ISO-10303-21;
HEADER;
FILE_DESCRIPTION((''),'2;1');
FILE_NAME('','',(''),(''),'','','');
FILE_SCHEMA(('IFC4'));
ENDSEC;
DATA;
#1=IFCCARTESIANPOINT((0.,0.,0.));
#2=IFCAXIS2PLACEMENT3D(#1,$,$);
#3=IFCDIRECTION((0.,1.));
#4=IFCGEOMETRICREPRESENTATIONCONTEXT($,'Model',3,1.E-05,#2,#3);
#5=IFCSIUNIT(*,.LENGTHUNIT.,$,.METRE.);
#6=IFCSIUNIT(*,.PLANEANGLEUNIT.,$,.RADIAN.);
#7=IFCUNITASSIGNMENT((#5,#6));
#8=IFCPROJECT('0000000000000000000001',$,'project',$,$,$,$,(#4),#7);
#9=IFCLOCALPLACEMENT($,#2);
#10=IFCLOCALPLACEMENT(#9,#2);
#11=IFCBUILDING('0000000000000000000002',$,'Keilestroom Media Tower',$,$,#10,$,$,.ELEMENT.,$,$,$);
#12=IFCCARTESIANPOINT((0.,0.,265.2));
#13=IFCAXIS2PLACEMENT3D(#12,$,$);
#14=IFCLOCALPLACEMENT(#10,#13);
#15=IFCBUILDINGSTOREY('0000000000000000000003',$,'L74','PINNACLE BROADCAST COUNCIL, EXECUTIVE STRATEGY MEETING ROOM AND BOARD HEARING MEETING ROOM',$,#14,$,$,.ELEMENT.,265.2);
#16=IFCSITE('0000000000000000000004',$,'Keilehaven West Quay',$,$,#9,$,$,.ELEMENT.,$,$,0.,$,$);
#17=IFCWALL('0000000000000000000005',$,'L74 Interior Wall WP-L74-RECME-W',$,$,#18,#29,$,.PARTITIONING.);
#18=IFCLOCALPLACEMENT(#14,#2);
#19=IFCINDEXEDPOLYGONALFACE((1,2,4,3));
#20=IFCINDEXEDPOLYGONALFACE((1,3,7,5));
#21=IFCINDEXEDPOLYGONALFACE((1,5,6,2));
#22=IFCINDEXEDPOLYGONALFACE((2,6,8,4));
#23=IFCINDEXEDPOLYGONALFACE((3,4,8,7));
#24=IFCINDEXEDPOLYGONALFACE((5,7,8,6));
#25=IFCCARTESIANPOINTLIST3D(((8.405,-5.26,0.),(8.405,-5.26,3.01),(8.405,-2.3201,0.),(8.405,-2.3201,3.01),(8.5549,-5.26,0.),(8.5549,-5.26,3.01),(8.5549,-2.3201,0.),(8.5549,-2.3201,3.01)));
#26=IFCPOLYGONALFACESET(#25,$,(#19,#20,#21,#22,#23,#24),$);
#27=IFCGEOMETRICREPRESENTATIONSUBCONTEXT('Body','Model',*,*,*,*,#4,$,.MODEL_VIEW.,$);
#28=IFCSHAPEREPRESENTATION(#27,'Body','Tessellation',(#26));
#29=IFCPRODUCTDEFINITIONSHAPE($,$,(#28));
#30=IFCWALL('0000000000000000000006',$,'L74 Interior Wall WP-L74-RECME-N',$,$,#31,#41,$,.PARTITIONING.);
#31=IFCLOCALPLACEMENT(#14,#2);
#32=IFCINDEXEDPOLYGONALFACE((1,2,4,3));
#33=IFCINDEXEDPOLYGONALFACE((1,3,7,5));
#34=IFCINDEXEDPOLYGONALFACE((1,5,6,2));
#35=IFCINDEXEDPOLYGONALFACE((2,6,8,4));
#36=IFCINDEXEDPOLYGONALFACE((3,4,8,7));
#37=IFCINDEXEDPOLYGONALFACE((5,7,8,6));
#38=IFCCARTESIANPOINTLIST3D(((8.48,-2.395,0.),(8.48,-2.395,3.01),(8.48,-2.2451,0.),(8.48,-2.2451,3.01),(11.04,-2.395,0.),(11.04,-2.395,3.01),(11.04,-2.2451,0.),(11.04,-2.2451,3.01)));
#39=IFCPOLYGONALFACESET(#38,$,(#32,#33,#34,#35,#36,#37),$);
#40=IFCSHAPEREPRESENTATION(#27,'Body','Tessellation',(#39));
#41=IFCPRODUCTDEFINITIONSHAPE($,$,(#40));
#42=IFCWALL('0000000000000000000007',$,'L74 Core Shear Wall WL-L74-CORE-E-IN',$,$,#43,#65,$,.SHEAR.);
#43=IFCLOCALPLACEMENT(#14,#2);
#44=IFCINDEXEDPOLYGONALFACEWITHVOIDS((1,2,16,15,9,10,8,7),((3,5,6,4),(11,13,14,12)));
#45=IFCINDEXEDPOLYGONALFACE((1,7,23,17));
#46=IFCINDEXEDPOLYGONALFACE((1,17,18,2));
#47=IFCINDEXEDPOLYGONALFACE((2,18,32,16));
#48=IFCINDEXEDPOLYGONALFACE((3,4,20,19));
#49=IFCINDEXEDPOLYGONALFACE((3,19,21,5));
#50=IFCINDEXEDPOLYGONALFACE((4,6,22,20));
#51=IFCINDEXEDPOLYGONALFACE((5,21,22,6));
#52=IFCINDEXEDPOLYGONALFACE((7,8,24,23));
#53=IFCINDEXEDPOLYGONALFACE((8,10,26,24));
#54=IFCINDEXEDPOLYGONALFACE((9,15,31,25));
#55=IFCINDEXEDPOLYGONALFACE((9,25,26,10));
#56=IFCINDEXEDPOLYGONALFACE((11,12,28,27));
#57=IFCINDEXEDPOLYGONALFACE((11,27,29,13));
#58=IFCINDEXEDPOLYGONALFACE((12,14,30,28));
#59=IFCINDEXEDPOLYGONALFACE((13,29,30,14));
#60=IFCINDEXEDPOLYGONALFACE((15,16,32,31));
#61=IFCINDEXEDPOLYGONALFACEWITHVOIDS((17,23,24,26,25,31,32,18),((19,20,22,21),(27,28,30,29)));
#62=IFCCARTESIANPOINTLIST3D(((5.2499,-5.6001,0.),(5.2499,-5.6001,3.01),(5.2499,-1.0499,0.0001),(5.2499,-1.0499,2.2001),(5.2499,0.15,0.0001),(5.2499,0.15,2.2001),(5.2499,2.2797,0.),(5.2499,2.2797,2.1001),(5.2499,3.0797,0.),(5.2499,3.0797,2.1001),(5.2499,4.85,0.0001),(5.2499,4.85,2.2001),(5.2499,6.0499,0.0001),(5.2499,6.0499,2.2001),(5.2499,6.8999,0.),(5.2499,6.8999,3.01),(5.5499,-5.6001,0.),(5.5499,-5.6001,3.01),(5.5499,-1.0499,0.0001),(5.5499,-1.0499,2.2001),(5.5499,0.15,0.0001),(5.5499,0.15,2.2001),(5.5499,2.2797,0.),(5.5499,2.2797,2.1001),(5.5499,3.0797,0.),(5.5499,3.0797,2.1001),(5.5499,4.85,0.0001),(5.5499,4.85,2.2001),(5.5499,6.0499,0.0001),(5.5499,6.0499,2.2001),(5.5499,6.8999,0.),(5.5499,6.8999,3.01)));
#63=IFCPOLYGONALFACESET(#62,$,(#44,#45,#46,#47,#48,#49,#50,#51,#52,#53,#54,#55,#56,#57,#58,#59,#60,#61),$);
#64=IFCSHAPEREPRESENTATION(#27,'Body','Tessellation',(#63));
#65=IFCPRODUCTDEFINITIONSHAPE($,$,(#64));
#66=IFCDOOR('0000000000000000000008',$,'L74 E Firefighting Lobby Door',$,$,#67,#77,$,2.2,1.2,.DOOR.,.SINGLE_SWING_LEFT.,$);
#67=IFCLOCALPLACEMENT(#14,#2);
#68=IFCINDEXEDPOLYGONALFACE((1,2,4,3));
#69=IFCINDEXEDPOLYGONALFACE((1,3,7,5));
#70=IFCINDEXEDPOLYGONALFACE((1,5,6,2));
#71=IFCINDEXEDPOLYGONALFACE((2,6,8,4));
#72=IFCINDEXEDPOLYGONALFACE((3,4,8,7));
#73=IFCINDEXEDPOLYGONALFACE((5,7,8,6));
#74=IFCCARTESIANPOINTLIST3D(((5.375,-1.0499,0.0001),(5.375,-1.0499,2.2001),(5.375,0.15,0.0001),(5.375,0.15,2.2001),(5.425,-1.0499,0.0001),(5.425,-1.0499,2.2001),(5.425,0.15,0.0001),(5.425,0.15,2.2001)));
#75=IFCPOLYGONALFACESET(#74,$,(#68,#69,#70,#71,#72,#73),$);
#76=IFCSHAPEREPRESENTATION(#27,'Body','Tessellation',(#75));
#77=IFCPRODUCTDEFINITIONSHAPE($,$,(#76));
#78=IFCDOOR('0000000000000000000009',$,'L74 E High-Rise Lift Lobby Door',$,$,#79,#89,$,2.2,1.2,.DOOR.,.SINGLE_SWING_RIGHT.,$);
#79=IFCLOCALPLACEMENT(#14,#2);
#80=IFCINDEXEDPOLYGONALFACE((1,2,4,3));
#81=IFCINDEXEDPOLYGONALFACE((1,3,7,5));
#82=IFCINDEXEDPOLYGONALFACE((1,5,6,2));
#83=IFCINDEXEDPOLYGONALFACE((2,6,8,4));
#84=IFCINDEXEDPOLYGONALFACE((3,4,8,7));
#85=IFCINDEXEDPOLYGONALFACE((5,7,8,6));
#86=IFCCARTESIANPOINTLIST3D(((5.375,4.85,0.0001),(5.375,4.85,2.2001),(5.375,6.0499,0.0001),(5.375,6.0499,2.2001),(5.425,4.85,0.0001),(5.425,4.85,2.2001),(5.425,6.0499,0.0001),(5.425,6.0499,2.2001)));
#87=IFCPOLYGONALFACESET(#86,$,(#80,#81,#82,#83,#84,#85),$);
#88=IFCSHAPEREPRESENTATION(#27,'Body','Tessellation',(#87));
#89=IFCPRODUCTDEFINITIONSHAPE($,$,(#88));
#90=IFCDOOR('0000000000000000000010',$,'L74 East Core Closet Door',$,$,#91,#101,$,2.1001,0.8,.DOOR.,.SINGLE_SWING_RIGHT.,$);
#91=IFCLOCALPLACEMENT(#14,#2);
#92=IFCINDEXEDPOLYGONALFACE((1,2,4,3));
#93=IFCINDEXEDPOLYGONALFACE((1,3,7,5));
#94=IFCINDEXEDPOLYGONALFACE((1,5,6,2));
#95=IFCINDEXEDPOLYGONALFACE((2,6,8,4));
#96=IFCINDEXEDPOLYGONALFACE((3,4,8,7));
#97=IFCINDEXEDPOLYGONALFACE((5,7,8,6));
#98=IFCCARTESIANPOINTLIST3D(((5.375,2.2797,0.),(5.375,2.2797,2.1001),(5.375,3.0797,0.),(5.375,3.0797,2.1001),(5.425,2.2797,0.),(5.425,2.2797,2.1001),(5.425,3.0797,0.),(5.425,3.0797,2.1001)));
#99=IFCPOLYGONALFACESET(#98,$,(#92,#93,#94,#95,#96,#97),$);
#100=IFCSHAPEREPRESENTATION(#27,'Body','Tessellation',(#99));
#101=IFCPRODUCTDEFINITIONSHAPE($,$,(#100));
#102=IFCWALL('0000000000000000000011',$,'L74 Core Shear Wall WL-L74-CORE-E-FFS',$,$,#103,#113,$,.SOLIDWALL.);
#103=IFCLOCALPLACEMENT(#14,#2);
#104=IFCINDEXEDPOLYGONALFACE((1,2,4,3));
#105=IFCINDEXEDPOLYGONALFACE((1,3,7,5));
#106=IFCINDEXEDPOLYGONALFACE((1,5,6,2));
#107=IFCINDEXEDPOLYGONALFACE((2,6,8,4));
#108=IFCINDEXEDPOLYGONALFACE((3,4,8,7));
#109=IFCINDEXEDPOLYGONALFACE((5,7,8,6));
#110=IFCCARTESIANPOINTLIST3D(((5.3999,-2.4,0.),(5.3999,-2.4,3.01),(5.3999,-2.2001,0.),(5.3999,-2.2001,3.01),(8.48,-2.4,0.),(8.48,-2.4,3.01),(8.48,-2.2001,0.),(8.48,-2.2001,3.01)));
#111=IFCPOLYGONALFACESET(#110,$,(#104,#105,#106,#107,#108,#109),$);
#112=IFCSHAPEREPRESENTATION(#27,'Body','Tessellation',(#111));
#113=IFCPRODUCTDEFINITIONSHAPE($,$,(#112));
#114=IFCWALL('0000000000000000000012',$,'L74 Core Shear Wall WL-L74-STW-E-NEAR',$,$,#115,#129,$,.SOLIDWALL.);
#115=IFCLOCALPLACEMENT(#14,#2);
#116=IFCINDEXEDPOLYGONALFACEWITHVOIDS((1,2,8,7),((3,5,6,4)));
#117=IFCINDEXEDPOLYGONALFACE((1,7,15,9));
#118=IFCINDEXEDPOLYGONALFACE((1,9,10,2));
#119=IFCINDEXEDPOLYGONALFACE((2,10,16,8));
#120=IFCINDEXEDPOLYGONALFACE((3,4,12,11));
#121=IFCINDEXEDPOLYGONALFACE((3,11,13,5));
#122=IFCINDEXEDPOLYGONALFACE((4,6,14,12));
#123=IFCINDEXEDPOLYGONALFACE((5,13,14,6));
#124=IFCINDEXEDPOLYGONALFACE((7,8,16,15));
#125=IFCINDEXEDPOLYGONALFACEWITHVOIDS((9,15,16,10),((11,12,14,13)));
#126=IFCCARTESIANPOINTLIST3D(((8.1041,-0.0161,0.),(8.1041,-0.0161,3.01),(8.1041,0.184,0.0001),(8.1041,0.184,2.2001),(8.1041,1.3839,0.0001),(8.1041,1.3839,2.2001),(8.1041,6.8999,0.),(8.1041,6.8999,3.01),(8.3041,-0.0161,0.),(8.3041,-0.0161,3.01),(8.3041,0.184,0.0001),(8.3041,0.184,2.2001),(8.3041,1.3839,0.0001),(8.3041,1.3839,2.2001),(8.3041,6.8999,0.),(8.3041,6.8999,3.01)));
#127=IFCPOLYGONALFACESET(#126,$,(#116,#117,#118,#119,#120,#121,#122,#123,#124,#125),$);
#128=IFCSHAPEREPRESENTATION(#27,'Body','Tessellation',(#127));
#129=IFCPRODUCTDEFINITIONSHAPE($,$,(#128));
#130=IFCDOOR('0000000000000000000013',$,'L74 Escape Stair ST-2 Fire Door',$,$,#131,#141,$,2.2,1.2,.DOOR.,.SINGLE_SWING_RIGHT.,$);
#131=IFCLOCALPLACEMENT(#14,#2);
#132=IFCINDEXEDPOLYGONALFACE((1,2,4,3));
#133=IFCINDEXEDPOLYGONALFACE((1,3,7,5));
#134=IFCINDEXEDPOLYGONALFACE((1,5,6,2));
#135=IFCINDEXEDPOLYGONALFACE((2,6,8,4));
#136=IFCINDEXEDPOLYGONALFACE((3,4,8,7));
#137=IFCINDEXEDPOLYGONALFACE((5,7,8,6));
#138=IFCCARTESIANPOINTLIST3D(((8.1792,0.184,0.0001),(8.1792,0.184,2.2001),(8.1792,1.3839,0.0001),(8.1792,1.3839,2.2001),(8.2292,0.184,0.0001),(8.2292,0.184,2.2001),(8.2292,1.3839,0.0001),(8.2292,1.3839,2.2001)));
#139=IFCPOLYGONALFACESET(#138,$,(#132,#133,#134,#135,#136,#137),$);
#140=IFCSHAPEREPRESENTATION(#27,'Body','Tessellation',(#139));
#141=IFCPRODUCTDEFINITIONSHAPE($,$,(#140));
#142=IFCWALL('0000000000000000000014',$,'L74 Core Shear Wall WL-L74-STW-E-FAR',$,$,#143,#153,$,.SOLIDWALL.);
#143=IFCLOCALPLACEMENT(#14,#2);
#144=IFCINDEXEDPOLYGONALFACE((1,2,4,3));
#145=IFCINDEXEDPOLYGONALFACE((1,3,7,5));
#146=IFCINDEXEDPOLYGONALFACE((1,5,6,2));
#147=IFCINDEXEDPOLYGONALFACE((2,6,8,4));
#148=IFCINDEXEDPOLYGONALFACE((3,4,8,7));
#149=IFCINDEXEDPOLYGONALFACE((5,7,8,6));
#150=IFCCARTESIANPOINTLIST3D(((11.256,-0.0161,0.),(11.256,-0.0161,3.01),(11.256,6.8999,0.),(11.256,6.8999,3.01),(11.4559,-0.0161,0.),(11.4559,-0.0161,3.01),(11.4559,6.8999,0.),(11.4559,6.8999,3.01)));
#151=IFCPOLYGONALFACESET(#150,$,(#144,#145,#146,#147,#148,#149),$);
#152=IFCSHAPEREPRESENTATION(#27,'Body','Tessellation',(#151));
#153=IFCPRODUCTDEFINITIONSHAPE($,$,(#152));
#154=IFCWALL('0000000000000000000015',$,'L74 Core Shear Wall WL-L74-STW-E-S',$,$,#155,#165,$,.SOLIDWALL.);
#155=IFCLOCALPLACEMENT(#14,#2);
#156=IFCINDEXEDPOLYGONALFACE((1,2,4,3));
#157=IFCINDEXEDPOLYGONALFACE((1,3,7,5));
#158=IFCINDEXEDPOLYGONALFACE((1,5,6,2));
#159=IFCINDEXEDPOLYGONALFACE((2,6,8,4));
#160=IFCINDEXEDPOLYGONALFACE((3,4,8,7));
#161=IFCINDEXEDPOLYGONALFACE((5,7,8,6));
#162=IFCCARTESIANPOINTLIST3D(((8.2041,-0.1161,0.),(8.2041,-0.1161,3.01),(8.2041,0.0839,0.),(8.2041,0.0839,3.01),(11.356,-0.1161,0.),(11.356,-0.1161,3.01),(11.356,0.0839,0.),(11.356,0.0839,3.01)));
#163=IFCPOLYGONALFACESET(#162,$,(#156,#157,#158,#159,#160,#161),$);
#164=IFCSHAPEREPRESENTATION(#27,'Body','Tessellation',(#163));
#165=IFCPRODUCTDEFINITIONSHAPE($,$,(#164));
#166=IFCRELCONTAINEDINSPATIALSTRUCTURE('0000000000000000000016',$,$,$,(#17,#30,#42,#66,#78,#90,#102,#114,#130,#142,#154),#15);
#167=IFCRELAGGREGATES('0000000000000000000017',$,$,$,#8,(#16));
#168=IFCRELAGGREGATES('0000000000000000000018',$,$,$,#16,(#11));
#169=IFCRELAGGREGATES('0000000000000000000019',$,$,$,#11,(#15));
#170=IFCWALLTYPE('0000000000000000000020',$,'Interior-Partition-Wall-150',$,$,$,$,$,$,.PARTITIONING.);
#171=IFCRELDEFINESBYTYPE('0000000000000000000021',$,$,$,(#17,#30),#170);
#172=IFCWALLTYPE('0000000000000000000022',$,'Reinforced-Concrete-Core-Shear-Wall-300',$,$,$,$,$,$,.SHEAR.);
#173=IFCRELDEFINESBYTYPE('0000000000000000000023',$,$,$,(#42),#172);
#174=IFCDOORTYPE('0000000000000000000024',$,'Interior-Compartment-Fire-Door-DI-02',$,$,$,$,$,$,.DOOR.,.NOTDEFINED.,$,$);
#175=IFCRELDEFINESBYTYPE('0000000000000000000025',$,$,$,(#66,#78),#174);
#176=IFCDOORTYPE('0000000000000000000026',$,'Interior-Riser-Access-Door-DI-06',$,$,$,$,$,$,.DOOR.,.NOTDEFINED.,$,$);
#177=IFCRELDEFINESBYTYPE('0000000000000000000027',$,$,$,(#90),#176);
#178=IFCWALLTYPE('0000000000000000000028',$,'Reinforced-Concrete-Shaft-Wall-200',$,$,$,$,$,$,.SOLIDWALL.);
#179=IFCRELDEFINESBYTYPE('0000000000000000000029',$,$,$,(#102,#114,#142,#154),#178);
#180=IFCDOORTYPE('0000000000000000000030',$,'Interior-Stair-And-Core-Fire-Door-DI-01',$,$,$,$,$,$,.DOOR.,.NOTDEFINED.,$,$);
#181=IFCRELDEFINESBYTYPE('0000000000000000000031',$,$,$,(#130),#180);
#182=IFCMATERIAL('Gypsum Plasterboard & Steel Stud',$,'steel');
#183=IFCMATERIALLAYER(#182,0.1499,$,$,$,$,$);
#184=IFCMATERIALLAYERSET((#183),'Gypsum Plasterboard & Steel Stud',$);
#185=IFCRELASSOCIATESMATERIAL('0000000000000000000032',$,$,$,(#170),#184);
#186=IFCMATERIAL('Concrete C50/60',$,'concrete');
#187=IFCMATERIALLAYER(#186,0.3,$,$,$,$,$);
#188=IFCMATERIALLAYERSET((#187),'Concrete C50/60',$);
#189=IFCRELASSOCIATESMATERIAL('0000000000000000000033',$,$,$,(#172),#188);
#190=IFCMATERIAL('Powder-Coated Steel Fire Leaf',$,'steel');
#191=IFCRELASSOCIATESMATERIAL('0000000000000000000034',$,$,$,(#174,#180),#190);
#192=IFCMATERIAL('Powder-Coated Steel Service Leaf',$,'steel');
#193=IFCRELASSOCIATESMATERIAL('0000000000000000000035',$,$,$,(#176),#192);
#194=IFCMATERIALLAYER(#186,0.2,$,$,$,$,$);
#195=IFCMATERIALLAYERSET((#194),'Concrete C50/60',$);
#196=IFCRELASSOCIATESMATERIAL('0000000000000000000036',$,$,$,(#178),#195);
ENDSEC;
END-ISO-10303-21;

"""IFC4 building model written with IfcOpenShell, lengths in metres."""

from ifc_helpers import new_model, si_unit, direction, frame, frame_2d, origin, place, context, subcontext, project, spatial, rectangle, extrude, source, transform, mapped, material, layer, layer_set, type_object, element, fill, save


model = new_model("IFC4")

# Units and contexts
model_context = context("Model", 3, precision=1e-05, world=origin(), true_north=direction((0.0, 1.0)))
body_context = subcontext(model_context, "Body", "Model", "MODEL_VIEW")
ifc_project = project(units=[si_unit("LENGTHUNIT", "METRE"), si_unit("PLANEANGLEUNIT", "RADIAN")], contexts=[model_context])

# Site, building, storey
site_placement = place(None, origin())
site = spatial("IfcSite", under=ifc_project, at=site_placement, Name="Keilehaven West Quay", CompositionType="ELEMENT", RefElevation=0.0)
building_placement = place(site_placement, origin())
building = spatial("IfcBuilding", under=site, at=building_placement, Name="Keilestroom Media Tower", CompositionType="ELEMENT")
storey_placement = place(building_placement, frame((0.0, 0.0, 265.2)))
storey = spatial("IfcBuildingStorey", under=building, at=storey_placement, Name="L74", Description="PINNACLE BROADCAST COUNCIL, EXECUTIVE STRATEGY MEETING ROOM AND BOARD HEARING MEETING ROOM", CompositionType="ELEMENT", Elevation=265.2)

# Shared definitions
ifc_material_1 = material(Name="Concrete C50/60", Category="concrete")

# Walls
ifc_material_2 = material(Name="Gypsum Plasterboard & Steel Stud", Category="steel")
ifc_layer_1 = layer(ifc_material_2, 0.1499)
ifc_layer_set_1 = layer_set([ifc_layer_1], Name="Gypsum Plasterboard & Steel Stud")
wall_type_1 = type_object("IfcWallType", Name="Interior-Partition-Wall-150", PredefinedType="PARTITIONING", material=ifc_layer_set_1)
wall_1_placement = place(storey_placement, frame((8.48, -5.26, 0.0), z_axis=(0.0, 0.0, 1.0), x_axis=(0.0, 1.0, 0.0)))
element("IfcWall", 1, at=wall_1_placement, inside=storey, type_object=wall_type_1, Name="L74 Interior Wall WP-L74-RECME-W", PredefinedType="PARTITIONING", context=body_context, shape_type="SweptSolid", body=[
    extrude(rectangle(XDim=2.9399, YDim=0.1499, at=frame_2d((1.47, 0.0))), origin(), (0.0, 0.0, 1.0), 3.01),
])
wall_2_placement = place(storey_placement, frame((8.48, -2.3201, 0.0), z_axis=(0.0, 0.0, 1.0), x_axis=(1.0, 0.0, 0.0)))
element("IfcWall", 2, at=wall_2_placement, inside=storey, type_object=wall_type_1, Name="L74 Interior Wall WP-L74-RECME-N", PredefinedType="PARTITIONING", context=body_context, shape_type="SweptSolid", body=[
    extrude(rectangle(XDim=2.5601, YDim=0.1499, at=frame_2d((1.28, 0.0))), origin(), (0.0, 0.0, 1.0), 3.01),
])

# Wall, openings, doors
ifc_layer_2 = layer(ifc_material_1, 0.3)
ifc_layer_set_2 = layer_set([ifc_layer_2], Name="Concrete C50/60")
wall_type_2 = type_object("IfcWallType", Name="Reinforced-Concrete-Core-Shear-Wall-300", PredefinedType="SHEAR", material=ifc_layer_set_2)
wall_3_placement = place(storey_placement, frame((5.3999, -5.6001, 0.0), z_axis=(0.0, 0.0, 1.0), x_axis=(0.0, 1.0, 0.0)))
wall_3 = element("IfcWall", 3, at=wall_3_placement, inside=storey, type_object=wall_type_2, Name="L74 Core Shear Wall WL-L74-CORE-E-IN", PredefinedType="SHEAR", context=body_context, shape_type="SweptSolid", body=[
    extrude(rectangle(XDim=12.5, YDim=0.3, at=frame_2d((6.25, 0.0))), origin(), (0.0, 0.0, 1.0), 3.01),
])
opening_1_placement = place(wall_3_placement, frame((4.55, 0.0, 0.0)))
opening_1 = element("IfcOpeningElement", 4, at=opening_1_placement, cuts=wall_3, PredefinedType="OPENING", context=body_context, shape_type="SweptSolid", body=[
    extrude(rectangle(XDim=1.2, YDim=2.2, at=frame_2d((0.6001, 1.1001))), frame((0.0, 0.1602, 0.0), z_axis=(0.0, -1.0, 0.0), x_axis=(1.0, 0.0, 0.0)), (0.0, 0.0, 1.0), 0.3201),
])
opening_2_placement = place(wall_3_placement, frame((10.45, 0.0, 0.0)))
opening_2 = element("IfcOpeningElement", 5, at=opening_2_placement, cuts=wall_3, PredefinedType="OPENING", context=body_context, shape_type="SweptSolid", body=[
    extrude(rectangle(XDim=1.2, YDim=2.2, at=frame_2d((0.6001, 1.1001))), frame((0.0, 0.1602, 0.0), z_axis=(0.0, -1.0, 0.0), x_axis=(1.0, 0.0, 0.0)), (0.0, 0.0, 1.0), 0.3201),
])
opening_3_placement = place(wall_3_placement, frame((7.8799, 0.0, 0.0)))
opening_3 = element("IfcOpeningElement", 6, at=opening_3_placement, cuts=wall_3, PredefinedType="OPENING", context=body_context, shape_type="SweptSolid", body=[
    extrude(rectangle(XDim=0.8, YDim=2.1001, at=frame_2d((0.3999, 1.05))), frame((0.0, 0.1602, 0.0), z_axis=(0.0, -1.0, 0.0), x_axis=(1.0, 0.0, 0.0)), (0.0, 0.0, 1.0), 0.3201),
])
ifc_material_3 = material(Name="Powder-Coated Steel Fire Leaf", Category="steel")
door_type_1 = type_object("IfcDoorType", Name="Interior-Compartment-Fire-Door-DI-02", OperationType="NOTDEFINED", PredefinedType="DOOR", material=ifc_material_3)
shared_shape_1 = source(origin(), body_context, "Body", "SweptSolid", [
    extrude(rectangle(XDim=1.2, YDim=2.2, at=frame_2d((0.6001, 1.1001))), frame((0.0, 0.0249, 0.0), z_axis=(0.0, -1.0, 0.0), x_axis=(1.0, 0.0, 0.0)), (0.0, 0.0, 1.0), 0.05),
])
door_1_placement = place(opening_1_placement, origin())
door_1 = element("IfcDoor", 7, at=door_1_placement, inside=storey, type_object=door_type_1, Name="L74 E Firefighting Lobby Door", OperationType="SINGLE_SWING_LEFT", OverallHeight=2.2, OverallWidth=1.2, PredefinedType="DOOR", context=body_context, shape_type="MappedRepresentation", body=[
    mapped(shared_shape_1, transform((0.0, 0.0, 0.0), x_axis=(1.0, 0.0, 0.0), y_axis=(0.0, 1.0, 0.0), z_axis=(0.0, 0.0, 1.0), scale=1.0)),
])
fill(opening_1, door_1)
door_2_placement = place(opening_2_placement, origin())
door_2 = element("IfcDoor", 8, at=door_2_placement, inside=storey, type_object=door_type_1, Name="L74 E High-Rise Lift Lobby Door", OperationType="SINGLE_SWING_RIGHT", OverallHeight=2.2, OverallWidth=1.2, PredefinedType="DOOR", context=body_context, shape_type="MappedRepresentation", body=[
    mapped(shared_shape_1, transform((0.0, 0.0, 0.0), x_axis=(1.0, 0.0, 0.0), y_axis=(0.0, 1.0, 0.0), z_axis=(0.0, 0.0, 1.0), scale=1.0)),
])
fill(opening_2, door_2)
ifc_material_4 = material(Name="Powder-Coated Steel Service Leaf", Category="steel")
door_type_2 = type_object("IfcDoorType", Name="Interior-Riser-Access-Door-DI-06", OperationType="NOTDEFINED", PredefinedType="DOOR", material=ifc_material_4)
shared_shape_2 = source(origin(), body_context, "Body", "SweptSolid", [
    extrude(rectangle(XDim=0.8, YDim=2.1001, at=frame_2d((0.3999, 1.05))), frame((0.0, 0.0249, 0.0), z_axis=(0.0, -1.0, 0.0), x_axis=(1.0, 0.0, 0.0)), (0.0, 0.0, 1.0), 0.05),
])
door_3_placement = place(opening_3_placement, origin())
door_3 = element("IfcDoor", 9, at=door_3_placement, inside=storey, type_object=door_type_2, Name="L74 East Core Closet Door", OperationType="SINGLE_SWING_RIGHT", OverallHeight=2.1001, OverallWidth=0.8, PredefinedType="DOOR", context=body_context, shape_type="MappedRepresentation", body=[
    mapped(shared_shape_2, transform((0.0, 0.0, 0.0), x_axis=(1.0, 0.0, 0.0), y_axis=(0.0, 1.0, 0.0), z_axis=(0.0, 0.0, 1.0), scale=1.0)),
])
fill(opening_3, door_3)

# Wall
ifc_layer_3 = layer(ifc_material_1, 0.2)
ifc_layer_set_3 = layer_set([ifc_layer_3], Name="Concrete C50/60")
wall_type_3 = type_object("IfcWallType", Name="Reinforced-Concrete-Shaft-Wall-200", PredefinedType="SOLIDWALL", material=ifc_layer_set_3)
wall_4_placement = place(storey_placement, frame((5.3999, -2.3, 0.0), z_axis=(0.0, 0.0, 1.0), x_axis=(1.0, 0.0, 0.0)))
element("IfcWall", 10, at=wall_4_placement, inside=storey, type_object=wall_type_3, Name="L74 Core Shear Wall WL-L74-CORE-E-FFS", PredefinedType="SOLIDWALL", context=body_context, shape_type="SweptSolid", body=[
    extrude(rectangle(XDim=3.0801, YDim=0.2, at=frame_2d((1.54, 0.0))), origin(), (0.0, 0.0, 1.0), 3.01),
])

# Wall, opening, door
wall_5_placement = place(storey_placement, frame((8.2041, -0.0161, 0.0), z_axis=(0.0, 0.0, 1.0), x_axis=(0.0, 1.0, 0.0)))
wall_5 = element("IfcWall", 11, at=wall_5_placement, inside=storey, type_object=wall_type_3, Name="L74 Core Shear Wall WL-L74-STW-E-NEAR", PredefinedType="SOLIDWALL", context=body_context, shape_type="SweptSolid", body=[
    extrude(rectangle(XDim=6.916, YDim=0.2, at=frame_2d((3.458, 0.0))), origin(), (0.0, 0.0, 1.0), 3.01),
])
opening_4_placement = place(wall_5_placement, frame((0.2, 0.0, 0.0)))
opening_4 = element("IfcOpeningElement", 12, at=opening_4_placement, cuts=wall_5, PredefinedType="OPENING", context=body_context, shape_type="SweptSolid", body=[
    extrude(rectangle(XDim=1.2, YDim=2.2, at=frame_2d((0.6001, 1.1001))), frame((0.0, 0.1099, 0.0), z_axis=(0.0, -1.0, 0.0), x_axis=(1.0, 0.0, 0.0)), (0.0, 0.0, 1.0), 0.22),
])
door_type_3 = type_object("IfcDoorType", Name="Interior-Stair-And-Core-Fire-Door-DI-01", OperationType="NOTDEFINED", PredefinedType="DOOR", material=ifc_material_3)
door_4_placement = place(opening_4_placement, origin())
door_4 = element("IfcDoor", 13, at=door_4_placement, inside=storey, type_object=door_type_3, Name="L74 Escape Stair ST-2 Fire Door", OperationType="SINGLE_SWING_RIGHT", OverallHeight=2.2, OverallWidth=1.2, PredefinedType="DOOR", context=body_context, shape_type="MappedRepresentation", body=[
    mapped(shared_shape_1, transform((0.0, 0.0, 0.0), x_axis=(1.0, 0.0, 0.0), y_axis=(0.0, 1.0, 0.0), z_axis=(0.0, 0.0, 1.0), scale=1.0)),
])
fill(opening_4, door_4)

# Walls
wall_6_placement = place(storey_placement, frame((11.356, -0.0161, 0.0), z_axis=(0.0, 0.0, 1.0), x_axis=(0.0, 1.0, 0.0)))
element("IfcWall", 14, at=wall_6_placement, inside=storey, type_object=wall_type_3, Name="L74 Core Shear Wall WL-L74-STW-E-FAR", PredefinedType="SOLIDWALL", context=body_context, shape_type="SweptSolid", body=[
    extrude(rectangle(XDim=6.916, YDim=0.2, at=frame_2d((3.458, 0.0))), origin(), (0.0, 0.0, 1.0), 3.01),
])
wall_7_placement = place(storey_placement, frame((8.2041, -0.0161, 0.0), z_axis=(0.0, 0.0, 1.0), x_axis=(1.0, 0.0, 0.0)))
element("IfcWall", 15, at=wall_7_placement, inside=storey, type_object=wall_type_3, Name="L74 Core Shear Wall WL-L74-STW-E-S", PredefinedType="SOLIDWALL", context=body_context, shape_type="SweptSolid", body=[
    extrude(rectangle(XDim=3.1519, YDim=0.2, at=frame_2d((1.5759, 0.0))), origin(), (0.0, 0.0, 1.0), 3.01),
])

save(model, "model.ifc")
